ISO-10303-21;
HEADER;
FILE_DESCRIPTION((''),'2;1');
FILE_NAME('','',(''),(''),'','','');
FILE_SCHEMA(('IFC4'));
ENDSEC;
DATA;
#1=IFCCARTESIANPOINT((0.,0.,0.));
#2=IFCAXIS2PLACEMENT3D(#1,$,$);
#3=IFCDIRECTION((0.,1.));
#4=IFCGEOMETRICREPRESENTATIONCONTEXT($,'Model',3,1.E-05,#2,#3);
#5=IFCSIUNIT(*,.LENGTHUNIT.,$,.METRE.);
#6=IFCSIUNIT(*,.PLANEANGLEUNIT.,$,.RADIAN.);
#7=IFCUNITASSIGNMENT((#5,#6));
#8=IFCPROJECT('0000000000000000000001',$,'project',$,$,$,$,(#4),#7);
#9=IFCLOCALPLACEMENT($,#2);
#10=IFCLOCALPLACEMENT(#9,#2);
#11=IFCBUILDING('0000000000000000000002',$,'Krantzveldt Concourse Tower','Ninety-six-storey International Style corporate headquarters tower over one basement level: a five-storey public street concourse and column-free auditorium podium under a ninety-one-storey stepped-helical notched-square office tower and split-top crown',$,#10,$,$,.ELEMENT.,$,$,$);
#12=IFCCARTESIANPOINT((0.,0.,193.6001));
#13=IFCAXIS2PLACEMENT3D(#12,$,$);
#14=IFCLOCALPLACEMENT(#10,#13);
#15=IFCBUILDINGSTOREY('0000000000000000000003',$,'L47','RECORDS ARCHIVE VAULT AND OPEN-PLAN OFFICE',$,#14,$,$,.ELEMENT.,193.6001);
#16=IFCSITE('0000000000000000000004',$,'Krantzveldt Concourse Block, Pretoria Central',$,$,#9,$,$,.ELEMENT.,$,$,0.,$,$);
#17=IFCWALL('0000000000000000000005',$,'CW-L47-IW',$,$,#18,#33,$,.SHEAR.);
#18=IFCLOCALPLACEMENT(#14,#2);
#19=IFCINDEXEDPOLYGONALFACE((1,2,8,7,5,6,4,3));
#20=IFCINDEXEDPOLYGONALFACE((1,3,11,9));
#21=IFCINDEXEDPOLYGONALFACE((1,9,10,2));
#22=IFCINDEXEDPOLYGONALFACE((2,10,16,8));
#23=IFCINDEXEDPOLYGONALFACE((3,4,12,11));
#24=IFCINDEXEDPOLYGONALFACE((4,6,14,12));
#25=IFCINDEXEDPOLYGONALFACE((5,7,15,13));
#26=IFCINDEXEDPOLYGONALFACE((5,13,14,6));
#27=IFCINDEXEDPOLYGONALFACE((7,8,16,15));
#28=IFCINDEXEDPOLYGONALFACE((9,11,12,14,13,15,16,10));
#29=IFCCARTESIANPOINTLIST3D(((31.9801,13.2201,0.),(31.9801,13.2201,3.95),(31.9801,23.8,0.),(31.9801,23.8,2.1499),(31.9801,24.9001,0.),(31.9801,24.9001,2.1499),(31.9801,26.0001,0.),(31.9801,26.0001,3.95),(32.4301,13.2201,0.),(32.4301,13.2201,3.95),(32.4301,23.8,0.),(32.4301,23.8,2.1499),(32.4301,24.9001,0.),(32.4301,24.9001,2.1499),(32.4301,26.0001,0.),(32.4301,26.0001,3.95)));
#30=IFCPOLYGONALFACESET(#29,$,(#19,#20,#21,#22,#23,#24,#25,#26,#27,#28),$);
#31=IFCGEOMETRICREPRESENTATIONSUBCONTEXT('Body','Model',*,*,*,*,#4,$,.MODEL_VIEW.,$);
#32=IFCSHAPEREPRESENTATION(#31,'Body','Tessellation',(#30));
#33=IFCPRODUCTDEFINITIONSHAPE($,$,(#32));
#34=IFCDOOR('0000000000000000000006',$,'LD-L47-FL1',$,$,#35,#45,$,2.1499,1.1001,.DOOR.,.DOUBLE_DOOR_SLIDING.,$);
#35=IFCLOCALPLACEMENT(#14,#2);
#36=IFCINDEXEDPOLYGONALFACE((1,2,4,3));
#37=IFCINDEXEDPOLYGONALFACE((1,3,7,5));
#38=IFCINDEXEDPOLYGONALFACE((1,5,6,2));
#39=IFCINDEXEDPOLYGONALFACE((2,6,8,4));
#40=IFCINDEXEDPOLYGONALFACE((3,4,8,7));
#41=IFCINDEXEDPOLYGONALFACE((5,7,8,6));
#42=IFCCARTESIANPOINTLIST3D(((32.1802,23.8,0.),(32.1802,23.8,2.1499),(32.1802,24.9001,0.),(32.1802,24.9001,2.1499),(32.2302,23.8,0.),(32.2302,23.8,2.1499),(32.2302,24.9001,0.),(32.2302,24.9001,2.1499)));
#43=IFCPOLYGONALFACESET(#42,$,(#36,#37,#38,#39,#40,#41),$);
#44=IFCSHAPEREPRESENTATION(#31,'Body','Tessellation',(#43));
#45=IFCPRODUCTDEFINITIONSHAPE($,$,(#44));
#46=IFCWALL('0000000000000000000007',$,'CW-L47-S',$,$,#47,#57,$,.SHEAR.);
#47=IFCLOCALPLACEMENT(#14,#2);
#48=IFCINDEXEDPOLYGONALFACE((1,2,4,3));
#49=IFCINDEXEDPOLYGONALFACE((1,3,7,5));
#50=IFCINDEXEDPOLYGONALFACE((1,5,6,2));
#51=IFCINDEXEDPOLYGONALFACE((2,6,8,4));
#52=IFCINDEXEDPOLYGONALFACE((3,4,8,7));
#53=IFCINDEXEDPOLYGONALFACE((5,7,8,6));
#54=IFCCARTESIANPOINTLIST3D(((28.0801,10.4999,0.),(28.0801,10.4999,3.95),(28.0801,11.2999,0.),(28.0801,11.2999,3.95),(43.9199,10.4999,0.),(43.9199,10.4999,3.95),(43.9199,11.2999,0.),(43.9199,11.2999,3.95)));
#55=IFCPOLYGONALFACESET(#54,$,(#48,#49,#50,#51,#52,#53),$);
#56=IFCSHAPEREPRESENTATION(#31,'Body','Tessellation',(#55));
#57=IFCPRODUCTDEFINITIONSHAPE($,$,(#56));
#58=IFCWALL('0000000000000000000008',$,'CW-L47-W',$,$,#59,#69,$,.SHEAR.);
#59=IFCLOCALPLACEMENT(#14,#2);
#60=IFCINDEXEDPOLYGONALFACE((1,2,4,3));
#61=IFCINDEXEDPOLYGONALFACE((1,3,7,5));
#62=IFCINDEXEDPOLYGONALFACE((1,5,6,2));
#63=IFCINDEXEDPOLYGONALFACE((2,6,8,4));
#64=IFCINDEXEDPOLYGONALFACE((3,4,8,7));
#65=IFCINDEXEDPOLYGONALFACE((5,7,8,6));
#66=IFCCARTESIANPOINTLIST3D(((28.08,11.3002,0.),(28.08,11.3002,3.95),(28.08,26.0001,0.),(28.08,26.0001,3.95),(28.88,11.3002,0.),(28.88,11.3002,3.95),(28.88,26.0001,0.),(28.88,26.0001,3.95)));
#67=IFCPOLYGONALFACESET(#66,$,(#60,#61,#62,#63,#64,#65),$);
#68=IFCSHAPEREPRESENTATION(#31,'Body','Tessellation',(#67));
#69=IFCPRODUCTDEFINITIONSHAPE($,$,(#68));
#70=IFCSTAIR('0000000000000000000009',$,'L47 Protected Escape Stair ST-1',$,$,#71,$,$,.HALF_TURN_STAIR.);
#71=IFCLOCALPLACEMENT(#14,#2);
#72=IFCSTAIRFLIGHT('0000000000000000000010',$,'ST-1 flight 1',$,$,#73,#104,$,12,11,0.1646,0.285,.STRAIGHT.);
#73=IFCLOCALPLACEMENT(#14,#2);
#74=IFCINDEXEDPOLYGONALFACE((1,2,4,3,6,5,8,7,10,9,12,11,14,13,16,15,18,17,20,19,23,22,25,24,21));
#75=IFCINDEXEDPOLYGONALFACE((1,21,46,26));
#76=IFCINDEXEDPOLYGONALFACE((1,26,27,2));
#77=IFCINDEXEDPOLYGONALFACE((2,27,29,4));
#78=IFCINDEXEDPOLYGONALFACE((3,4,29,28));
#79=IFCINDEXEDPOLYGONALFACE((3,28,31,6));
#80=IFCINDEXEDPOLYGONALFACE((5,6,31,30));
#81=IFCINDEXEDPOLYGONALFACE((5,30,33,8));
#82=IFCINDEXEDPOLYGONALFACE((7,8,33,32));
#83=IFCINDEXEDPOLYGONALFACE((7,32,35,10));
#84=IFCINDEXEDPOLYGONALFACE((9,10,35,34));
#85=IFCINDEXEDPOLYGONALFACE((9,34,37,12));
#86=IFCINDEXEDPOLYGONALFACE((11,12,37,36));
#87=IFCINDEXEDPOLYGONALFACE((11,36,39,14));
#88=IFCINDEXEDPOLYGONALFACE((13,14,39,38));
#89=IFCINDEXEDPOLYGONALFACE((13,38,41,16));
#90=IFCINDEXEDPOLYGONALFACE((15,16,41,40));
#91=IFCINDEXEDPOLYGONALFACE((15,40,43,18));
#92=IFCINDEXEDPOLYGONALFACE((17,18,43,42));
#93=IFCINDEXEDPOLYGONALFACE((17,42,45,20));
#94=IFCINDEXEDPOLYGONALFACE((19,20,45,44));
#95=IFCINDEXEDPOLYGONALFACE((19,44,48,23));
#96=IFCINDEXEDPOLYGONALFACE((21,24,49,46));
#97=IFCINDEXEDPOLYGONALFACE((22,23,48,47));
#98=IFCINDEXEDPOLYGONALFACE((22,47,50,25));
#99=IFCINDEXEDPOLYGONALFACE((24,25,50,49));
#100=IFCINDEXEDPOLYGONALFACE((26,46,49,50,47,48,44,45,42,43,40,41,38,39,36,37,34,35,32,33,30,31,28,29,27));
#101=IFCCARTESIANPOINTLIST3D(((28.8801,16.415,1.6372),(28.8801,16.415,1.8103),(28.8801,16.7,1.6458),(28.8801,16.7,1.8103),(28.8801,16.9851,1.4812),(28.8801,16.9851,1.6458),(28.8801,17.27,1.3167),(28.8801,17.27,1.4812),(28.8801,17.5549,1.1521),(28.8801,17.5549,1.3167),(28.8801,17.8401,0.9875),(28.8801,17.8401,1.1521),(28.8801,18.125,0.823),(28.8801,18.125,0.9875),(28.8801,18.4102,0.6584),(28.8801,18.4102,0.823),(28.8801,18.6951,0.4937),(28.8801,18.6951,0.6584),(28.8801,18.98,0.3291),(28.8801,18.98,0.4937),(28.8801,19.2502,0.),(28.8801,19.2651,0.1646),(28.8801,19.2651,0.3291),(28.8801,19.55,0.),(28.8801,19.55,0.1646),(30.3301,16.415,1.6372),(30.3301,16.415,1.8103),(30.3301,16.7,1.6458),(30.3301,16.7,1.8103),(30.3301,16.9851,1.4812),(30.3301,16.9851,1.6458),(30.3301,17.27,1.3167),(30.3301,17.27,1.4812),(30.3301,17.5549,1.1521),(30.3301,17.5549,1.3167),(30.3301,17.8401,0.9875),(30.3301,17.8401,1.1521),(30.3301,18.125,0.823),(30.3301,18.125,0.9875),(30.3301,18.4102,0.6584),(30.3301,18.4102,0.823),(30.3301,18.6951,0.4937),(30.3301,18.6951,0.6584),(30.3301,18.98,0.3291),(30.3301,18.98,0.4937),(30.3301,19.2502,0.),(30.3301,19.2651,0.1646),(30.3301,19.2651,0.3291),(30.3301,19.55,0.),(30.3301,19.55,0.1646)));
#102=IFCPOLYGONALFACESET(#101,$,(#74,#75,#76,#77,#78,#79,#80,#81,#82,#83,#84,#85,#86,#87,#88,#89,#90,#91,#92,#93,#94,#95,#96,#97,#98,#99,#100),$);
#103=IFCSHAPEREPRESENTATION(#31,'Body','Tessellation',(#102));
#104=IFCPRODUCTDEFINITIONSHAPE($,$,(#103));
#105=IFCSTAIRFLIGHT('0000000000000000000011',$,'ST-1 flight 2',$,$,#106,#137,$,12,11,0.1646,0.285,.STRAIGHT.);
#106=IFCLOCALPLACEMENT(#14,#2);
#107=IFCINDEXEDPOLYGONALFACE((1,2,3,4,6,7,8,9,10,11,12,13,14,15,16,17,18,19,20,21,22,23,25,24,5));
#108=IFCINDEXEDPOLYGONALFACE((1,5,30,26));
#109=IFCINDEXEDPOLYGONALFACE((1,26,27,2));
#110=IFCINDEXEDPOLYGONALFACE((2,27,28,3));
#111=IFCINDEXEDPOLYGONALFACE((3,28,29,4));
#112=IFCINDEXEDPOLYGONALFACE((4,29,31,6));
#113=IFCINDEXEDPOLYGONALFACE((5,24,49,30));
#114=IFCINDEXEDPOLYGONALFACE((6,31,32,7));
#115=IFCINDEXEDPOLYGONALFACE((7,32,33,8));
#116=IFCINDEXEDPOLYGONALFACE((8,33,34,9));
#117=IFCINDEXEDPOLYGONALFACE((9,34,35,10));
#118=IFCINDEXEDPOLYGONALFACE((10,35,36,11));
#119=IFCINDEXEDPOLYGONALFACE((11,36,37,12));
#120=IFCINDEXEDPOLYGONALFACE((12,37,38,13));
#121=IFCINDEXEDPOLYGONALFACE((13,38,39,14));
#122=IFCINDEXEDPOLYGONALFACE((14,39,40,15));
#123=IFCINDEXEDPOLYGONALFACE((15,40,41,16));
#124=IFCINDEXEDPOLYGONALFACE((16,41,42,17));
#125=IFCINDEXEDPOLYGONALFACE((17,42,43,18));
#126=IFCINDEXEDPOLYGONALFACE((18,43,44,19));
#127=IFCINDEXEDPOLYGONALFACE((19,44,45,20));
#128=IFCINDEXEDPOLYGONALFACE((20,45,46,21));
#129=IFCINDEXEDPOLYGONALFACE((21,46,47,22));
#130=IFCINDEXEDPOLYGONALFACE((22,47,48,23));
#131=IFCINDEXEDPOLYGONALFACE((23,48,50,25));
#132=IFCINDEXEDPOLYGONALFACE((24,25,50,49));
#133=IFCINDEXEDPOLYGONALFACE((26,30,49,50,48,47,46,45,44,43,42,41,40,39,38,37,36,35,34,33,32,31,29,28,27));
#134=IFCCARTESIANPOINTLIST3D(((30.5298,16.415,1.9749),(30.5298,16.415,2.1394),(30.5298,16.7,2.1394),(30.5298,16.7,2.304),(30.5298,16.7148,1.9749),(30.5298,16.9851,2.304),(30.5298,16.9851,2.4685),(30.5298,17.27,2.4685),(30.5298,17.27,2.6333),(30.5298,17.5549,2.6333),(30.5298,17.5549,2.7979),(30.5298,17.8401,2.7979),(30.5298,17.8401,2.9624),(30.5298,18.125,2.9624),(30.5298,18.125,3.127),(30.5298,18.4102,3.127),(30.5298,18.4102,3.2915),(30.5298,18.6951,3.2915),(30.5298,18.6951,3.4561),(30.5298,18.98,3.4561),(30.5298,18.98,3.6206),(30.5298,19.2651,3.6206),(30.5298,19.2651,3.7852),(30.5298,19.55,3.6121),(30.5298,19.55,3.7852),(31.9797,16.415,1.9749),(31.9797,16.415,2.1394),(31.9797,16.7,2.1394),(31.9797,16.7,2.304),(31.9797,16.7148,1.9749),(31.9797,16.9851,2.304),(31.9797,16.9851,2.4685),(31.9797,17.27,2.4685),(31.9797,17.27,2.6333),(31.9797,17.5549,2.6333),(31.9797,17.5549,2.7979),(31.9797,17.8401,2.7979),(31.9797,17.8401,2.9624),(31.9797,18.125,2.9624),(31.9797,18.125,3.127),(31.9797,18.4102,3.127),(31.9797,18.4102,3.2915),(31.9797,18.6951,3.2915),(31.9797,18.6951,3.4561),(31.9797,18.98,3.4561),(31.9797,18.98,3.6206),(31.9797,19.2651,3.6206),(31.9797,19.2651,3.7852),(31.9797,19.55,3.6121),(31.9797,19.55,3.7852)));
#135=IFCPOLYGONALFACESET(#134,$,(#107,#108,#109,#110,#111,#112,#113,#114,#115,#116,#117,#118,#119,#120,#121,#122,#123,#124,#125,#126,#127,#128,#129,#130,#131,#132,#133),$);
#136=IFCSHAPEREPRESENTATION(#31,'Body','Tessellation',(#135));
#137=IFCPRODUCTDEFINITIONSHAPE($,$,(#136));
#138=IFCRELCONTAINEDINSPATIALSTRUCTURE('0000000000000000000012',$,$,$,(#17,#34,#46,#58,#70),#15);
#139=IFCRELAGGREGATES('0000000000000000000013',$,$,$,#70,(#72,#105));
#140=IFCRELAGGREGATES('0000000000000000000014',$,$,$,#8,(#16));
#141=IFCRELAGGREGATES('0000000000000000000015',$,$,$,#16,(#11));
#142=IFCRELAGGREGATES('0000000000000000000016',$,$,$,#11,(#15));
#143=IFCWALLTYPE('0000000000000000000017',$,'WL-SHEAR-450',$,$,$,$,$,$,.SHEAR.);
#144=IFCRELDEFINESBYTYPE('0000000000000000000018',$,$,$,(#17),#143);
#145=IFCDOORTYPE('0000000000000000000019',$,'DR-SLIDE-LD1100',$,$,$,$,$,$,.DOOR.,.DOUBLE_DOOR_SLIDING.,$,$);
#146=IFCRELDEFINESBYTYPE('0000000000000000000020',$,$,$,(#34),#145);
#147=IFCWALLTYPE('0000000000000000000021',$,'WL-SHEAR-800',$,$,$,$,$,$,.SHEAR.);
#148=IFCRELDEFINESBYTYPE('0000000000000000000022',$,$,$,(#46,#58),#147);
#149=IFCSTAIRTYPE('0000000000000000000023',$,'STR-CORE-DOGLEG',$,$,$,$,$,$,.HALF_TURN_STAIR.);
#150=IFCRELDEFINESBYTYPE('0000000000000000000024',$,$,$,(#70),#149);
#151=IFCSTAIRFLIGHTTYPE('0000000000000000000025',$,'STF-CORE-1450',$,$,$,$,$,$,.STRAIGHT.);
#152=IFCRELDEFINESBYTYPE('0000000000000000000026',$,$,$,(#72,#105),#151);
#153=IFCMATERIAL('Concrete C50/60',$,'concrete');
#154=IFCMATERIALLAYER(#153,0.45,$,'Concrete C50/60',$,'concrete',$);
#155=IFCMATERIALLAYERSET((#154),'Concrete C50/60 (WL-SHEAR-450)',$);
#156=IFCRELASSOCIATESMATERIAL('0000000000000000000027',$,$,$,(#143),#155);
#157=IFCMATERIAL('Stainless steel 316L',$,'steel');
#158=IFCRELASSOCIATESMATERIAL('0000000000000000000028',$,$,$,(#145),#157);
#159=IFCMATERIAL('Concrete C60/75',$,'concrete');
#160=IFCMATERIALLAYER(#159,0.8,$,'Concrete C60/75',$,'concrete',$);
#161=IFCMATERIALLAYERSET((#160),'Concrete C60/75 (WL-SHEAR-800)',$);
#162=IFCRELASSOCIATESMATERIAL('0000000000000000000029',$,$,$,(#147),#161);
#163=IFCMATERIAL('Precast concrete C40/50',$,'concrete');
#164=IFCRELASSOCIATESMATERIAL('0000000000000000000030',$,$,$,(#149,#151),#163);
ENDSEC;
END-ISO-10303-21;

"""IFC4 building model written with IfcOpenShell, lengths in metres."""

from ifc_helpers import new_model, si_unit, direction, frame, frame_2d, origin, place, context, subcontext, project, spatial, polyline, rectangle, outline, extrude, material, layer, layer_set, type_object, element, fill, aggregate, save


model = new_model("IFC4")

# Units and contexts
model_context = context("Model", 3, precision=1e-05, world=origin(), true_north=direction((0.0, 1.0)))
body_context = subcontext(model_context, "Body", "Model", "MODEL_VIEW")
ifc_project = project(units=[si_unit("LENGTHUNIT", "METRE"), si_unit("PLANEANGLEUNIT", "RADIAN")], contexts=[model_context])

# Site, building, storey
site_placement = place(None, origin())
site = spatial("IfcSite", under=ifc_project, at=site_placement, Name="Krantzveldt Concourse Block, Pretoria Central", CompositionType="ELEMENT", RefElevation=0.0)
building_placement = place(site_placement, origin())
building = spatial("IfcBuilding", under=site, at=building_placement, Name="Krantzveldt Concourse Tower", Description="Ninety-six-storey International Style corporate headquarters tower over one basement level: a five-storey public street concourse and column-free auditorium podium under a ninety-one-storey stepped-helical notched-square office tower and split-top crown", CompositionType="ELEMENT")
storey_placement = place(building_placement, frame((0.0, 0.0, 193.6001)))
storey = spatial("IfcBuildingStorey", under=building, at=storey_placement, Name="L47", Description="RECORDS ARCHIVE VAULT AND OPEN-PLAN OFFICE", CompositionType="ELEMENT", Elevation=193.6001)

# Shared definitions
ifc_material_1 = material(Name="Concrete C50/60", Category="concrete")

# Wall, opening, door
ifc_layer_1 = layer(ifc_material_1, 0.45, Name="Concrete C50/60", Category="concrete")
ifc_layer_set_1 = layer_set([ifc_layer_1], Name="Concrete C50/60 (WL-SHEAR-450)")
wall_type_1 = type_object("IfcWallType", Name="WL-SHEAR-450", PredefinedType="SHEAR", material=ifc_layer_set_1)
wall_1_placement = place(storey_placement, frame((32.2051, 13.22, 0.0), z_axis=(0.0, 0.0, 1.0), x_axis=(0.0, 1.0, 0.0)))
wall_1 = element("IfcWall", 1, at=wall_1_placement, inside=storey, type_object=wall_type_1, Name="CW-L47-IW", PredefinedType="SHEAR", context=body_context, shape_type="SweptSolid", body=[
    extrude(rectangle(XDim=12.78, YDim=0.45, at=frame_2d((6.3901, 0.0))), origin(), (0.0, 0.0, 1.0), 3.95),
])
opening_1_placement = place(wall_1_placement, frame((10.5801, 0.0, 0.0)))
opening_1 = element("IfcOpeningElement", 2, at=opening_1_placement, cuts=wall_1, PredefinedType="OPENING", context=body_context, shape_type="SweptSolid", body=[
    extrude(rectangle(XDim=1.1001, YDim=2.1499, at=frame_2d((0.55, 1.075))), frame((0.0, 0.2349, 0.0), z_axis=(0.0, -1.0, 0.0), x_axis=(1.0, 0.0, 0.0)), (0.0, 0.0, 1.0), 0.47),
])
ifc_material_2 = material(Name="Stainless steel 316L", Category="steel")
door_type_1 = type_object("IfcDoorType", Name="DR-SLIDE-LD1100", OperationType="DOUBLE_DOOR_SLIDING", PredefinedType="DOOR", material=ifc_material_2)
door_1_placement = place(opening_1_placement, origin())
door_1 = element("IfcDoor", 3, at=door_1_placement, inside=storey, type_object=door_type_1, Name="LD-L47-FL1", OperationType="DOUBLE_DOOR_SLIDING", OverallHeight=2.1499, OverallWidth=1.1001, PredefinedType="DOOR", context=body_context, shape_type="SweptSolid", body=[
    extrude(rectangle(XDim=1.1001, YDim=2.1499, at=frame_2d((0.55, 1.075))), frame((0.0, 0.0249, 0.0), z_axis=(0.0, -1.0, 0.0), x_axis=(1.0, 0.0, 0.0)), (0.0, 0.0, 1.0), 0.05),
])
fill(opening_1, door_1)

# Walls
ifc_material_3 = material(Name="Concrete C60/75", Category="concrete")
ifc_layer_2 = layer(ifc_material_3, 0.8, Name="Concrete C60/75", Category="concrete")
ifc_layer_set_2 = layer_set([ifc_layer_2], Name="Concrete C60/75 (WL-SHEAR-800)")
wall_type_2 = type_object("IfcWallType", Name="WL-SHEAR-800", PredefinedType="SHEAR", material=ifc_layer_set_2)
wall_2_placement = place(storey_placement, frame((28.0801, 10.8999, 0.0), z_axis=(0.0, 0.0, 1.0), x_axis=(1.0, 0.0, 0.0)))
element("IfcWall", 4, at=wall_2_placement, inside=storey, type_object=wall_type_2, Name="CW-L47-S", PredefinedType="SHEAR", context=body_context, shape_type="SweptSolid", body=[
    extrude(rectangle(XDim=15.8398, YDim=0.8, at=frame_2d((7.9199, 0.0))), origin(), (0.0, 0.0, 1.0), 3.95),
])
wall_3_placement = place(storey_placement, frame((28.48, 11.3, 0.0), z_axis=(0.0, 0.0, 1.0), x_axis=(0.0, 1.0, 0.0)))
element("IfcWall", 5, at=wall_3_placement, inside=storey, type_object=wall_type_2, Name="CW-L47-W", PredefinedType="SHEAR", context=body_context, shape_type="SweptSolid", body=[
    extrude(rectangle(XDim=14.7, YDim=0.8, at=frame_2d((7.3501, 0.0))), origin(), (0.0, 0.0, 1.0), 3.95),
])

# Stair, stair flights
ifc_material_4 = material(Name="Precast concrete C40/50", Category="concrete")
stair_type = type_object("IfcStairType", Name="STR-CORE-DOGLEG", PredefinedType="HALF_TURN_STAIR", material=ifc_material_4)
stair_placement = place(storey_placement, origin())
stair = element("IfcStair", 6, at=stair_placement, inside=storey, type_object=stair_type, Name="L47 Protected Escape Stair ST-1", PredefinedType="HALF_TURN_STAIR")
stair_flight_type = type_object("IfcStairFlightType", Name="STF-CORE-1450", PredefinedType="STRAIGHT", material=ifc_material_4)
stair_flight_1_placement = place(storey_placement, frame((29.605, 19.55, 0.0), z_axis=(0.0, 0.0, 1.0), x_axis=(0.0, -1.0, 0.0)))
stair_flight_1 = element("IfcStairFlight", 7, at=stair_flight_1_placement, type_object=stair_flight_type, Name="ST-1 flight 1", NumberOfRisers=12, NumberOfTreads=11, PredefinedType="STRAIGHT", RiserHeight=0.1646, TreadLength=0.285, context=body_context, shape_type="SweptSolid", body=[
    extrude(outline(polyline([(0.0, 0.0), (0.0, 0.1646), (0.2849, 0.1646), (0.2849, 0.3291), (0.5701, 0.3291), (0.5701, 0.4937), (0.855, 0.4937), (0.855, 0.6584), (1.1399, 0.6584), (1.1399, 0.823), (1.425, 0.823), (1.425, 0.9875), (1.71, 0.9875), (1.71, 1.1521), (1.9951, 1.1521), (1.9951, 1.3167), (2.28, 1.3167), (2.28, 1.4812), (2.5649, 1.4812), (2.5649, 1.6458), (2.8501, 1.6458), (2.8501, 1.8103), (3.135, 1.8103), (3.135, 1.9751), (3.135, 1.6372), (0.2998, 0.0), (0.0, 0.0)])), frame((0.0, 0.7251, 0.0), z_axis=(0.0, -1.0, 0.0), x_axis=(1.0, 0.0, 0.0)), (0.0, 0.0, 1.0), 1.45),
])
stair_flight_2_placement = place(storey_placement, frame((31.2549, 16.415, 1.9749), z_axis=(0.0, 0.0, 1.0), x_axis=(0.0, 1.0, 0.0)))
stair_flight_2 = element("IfcStairFlight", 8, at=stair_flight_2_placement, type_object=stair_flight_type, Name="ST-1 flight 2", NumberOfRisers=12, NumberOfTreads=11, PredefinedType="STRAIGHT", RiserHeight=0.1646, TreadLength=0.285, context=body_context, shape_type="SweptSolid", body=[
    extrude(outline(polyline([(0.0, 0.0), (0.0, 0.1646), (0.2849, 0.1646), (0.2849, 0.3291), (0.5701, 0.3291), (0.5701, 0.4937), (0.855, 0.4937), (0.855, 0.6584), (1.1399, 0.6584), (1.1399, 0.823), (1.425, 0.823), (1.425, 0.9875), (1.71, 0.9875), (1.71, 1.1521), (1.9951, 1.1521), (1.9951, 1.3167), (2.28, 1.3167), (2.28, 1.4812), (2.5649, 1.4812), (2.5649, 1.6458), (2.8501, 1.6458), (2.8501, 1.8103), (3.135, 1.8103), (3.135, 1.9751), (3.135, 1.6372), (0.2998, 0.0), (0.0, 0.0)])), frame((0.0, 0.7251, 0.0), z_axis=(0.0, -1.0, 0.0), x_axis=(1.0, 0.0, 0.0)), (0.0, 0.0, 1.0), 1.45),
])
aggregate(stair, [stair_flight_1, stair_flight_2])

save(model, "model.ifc")
